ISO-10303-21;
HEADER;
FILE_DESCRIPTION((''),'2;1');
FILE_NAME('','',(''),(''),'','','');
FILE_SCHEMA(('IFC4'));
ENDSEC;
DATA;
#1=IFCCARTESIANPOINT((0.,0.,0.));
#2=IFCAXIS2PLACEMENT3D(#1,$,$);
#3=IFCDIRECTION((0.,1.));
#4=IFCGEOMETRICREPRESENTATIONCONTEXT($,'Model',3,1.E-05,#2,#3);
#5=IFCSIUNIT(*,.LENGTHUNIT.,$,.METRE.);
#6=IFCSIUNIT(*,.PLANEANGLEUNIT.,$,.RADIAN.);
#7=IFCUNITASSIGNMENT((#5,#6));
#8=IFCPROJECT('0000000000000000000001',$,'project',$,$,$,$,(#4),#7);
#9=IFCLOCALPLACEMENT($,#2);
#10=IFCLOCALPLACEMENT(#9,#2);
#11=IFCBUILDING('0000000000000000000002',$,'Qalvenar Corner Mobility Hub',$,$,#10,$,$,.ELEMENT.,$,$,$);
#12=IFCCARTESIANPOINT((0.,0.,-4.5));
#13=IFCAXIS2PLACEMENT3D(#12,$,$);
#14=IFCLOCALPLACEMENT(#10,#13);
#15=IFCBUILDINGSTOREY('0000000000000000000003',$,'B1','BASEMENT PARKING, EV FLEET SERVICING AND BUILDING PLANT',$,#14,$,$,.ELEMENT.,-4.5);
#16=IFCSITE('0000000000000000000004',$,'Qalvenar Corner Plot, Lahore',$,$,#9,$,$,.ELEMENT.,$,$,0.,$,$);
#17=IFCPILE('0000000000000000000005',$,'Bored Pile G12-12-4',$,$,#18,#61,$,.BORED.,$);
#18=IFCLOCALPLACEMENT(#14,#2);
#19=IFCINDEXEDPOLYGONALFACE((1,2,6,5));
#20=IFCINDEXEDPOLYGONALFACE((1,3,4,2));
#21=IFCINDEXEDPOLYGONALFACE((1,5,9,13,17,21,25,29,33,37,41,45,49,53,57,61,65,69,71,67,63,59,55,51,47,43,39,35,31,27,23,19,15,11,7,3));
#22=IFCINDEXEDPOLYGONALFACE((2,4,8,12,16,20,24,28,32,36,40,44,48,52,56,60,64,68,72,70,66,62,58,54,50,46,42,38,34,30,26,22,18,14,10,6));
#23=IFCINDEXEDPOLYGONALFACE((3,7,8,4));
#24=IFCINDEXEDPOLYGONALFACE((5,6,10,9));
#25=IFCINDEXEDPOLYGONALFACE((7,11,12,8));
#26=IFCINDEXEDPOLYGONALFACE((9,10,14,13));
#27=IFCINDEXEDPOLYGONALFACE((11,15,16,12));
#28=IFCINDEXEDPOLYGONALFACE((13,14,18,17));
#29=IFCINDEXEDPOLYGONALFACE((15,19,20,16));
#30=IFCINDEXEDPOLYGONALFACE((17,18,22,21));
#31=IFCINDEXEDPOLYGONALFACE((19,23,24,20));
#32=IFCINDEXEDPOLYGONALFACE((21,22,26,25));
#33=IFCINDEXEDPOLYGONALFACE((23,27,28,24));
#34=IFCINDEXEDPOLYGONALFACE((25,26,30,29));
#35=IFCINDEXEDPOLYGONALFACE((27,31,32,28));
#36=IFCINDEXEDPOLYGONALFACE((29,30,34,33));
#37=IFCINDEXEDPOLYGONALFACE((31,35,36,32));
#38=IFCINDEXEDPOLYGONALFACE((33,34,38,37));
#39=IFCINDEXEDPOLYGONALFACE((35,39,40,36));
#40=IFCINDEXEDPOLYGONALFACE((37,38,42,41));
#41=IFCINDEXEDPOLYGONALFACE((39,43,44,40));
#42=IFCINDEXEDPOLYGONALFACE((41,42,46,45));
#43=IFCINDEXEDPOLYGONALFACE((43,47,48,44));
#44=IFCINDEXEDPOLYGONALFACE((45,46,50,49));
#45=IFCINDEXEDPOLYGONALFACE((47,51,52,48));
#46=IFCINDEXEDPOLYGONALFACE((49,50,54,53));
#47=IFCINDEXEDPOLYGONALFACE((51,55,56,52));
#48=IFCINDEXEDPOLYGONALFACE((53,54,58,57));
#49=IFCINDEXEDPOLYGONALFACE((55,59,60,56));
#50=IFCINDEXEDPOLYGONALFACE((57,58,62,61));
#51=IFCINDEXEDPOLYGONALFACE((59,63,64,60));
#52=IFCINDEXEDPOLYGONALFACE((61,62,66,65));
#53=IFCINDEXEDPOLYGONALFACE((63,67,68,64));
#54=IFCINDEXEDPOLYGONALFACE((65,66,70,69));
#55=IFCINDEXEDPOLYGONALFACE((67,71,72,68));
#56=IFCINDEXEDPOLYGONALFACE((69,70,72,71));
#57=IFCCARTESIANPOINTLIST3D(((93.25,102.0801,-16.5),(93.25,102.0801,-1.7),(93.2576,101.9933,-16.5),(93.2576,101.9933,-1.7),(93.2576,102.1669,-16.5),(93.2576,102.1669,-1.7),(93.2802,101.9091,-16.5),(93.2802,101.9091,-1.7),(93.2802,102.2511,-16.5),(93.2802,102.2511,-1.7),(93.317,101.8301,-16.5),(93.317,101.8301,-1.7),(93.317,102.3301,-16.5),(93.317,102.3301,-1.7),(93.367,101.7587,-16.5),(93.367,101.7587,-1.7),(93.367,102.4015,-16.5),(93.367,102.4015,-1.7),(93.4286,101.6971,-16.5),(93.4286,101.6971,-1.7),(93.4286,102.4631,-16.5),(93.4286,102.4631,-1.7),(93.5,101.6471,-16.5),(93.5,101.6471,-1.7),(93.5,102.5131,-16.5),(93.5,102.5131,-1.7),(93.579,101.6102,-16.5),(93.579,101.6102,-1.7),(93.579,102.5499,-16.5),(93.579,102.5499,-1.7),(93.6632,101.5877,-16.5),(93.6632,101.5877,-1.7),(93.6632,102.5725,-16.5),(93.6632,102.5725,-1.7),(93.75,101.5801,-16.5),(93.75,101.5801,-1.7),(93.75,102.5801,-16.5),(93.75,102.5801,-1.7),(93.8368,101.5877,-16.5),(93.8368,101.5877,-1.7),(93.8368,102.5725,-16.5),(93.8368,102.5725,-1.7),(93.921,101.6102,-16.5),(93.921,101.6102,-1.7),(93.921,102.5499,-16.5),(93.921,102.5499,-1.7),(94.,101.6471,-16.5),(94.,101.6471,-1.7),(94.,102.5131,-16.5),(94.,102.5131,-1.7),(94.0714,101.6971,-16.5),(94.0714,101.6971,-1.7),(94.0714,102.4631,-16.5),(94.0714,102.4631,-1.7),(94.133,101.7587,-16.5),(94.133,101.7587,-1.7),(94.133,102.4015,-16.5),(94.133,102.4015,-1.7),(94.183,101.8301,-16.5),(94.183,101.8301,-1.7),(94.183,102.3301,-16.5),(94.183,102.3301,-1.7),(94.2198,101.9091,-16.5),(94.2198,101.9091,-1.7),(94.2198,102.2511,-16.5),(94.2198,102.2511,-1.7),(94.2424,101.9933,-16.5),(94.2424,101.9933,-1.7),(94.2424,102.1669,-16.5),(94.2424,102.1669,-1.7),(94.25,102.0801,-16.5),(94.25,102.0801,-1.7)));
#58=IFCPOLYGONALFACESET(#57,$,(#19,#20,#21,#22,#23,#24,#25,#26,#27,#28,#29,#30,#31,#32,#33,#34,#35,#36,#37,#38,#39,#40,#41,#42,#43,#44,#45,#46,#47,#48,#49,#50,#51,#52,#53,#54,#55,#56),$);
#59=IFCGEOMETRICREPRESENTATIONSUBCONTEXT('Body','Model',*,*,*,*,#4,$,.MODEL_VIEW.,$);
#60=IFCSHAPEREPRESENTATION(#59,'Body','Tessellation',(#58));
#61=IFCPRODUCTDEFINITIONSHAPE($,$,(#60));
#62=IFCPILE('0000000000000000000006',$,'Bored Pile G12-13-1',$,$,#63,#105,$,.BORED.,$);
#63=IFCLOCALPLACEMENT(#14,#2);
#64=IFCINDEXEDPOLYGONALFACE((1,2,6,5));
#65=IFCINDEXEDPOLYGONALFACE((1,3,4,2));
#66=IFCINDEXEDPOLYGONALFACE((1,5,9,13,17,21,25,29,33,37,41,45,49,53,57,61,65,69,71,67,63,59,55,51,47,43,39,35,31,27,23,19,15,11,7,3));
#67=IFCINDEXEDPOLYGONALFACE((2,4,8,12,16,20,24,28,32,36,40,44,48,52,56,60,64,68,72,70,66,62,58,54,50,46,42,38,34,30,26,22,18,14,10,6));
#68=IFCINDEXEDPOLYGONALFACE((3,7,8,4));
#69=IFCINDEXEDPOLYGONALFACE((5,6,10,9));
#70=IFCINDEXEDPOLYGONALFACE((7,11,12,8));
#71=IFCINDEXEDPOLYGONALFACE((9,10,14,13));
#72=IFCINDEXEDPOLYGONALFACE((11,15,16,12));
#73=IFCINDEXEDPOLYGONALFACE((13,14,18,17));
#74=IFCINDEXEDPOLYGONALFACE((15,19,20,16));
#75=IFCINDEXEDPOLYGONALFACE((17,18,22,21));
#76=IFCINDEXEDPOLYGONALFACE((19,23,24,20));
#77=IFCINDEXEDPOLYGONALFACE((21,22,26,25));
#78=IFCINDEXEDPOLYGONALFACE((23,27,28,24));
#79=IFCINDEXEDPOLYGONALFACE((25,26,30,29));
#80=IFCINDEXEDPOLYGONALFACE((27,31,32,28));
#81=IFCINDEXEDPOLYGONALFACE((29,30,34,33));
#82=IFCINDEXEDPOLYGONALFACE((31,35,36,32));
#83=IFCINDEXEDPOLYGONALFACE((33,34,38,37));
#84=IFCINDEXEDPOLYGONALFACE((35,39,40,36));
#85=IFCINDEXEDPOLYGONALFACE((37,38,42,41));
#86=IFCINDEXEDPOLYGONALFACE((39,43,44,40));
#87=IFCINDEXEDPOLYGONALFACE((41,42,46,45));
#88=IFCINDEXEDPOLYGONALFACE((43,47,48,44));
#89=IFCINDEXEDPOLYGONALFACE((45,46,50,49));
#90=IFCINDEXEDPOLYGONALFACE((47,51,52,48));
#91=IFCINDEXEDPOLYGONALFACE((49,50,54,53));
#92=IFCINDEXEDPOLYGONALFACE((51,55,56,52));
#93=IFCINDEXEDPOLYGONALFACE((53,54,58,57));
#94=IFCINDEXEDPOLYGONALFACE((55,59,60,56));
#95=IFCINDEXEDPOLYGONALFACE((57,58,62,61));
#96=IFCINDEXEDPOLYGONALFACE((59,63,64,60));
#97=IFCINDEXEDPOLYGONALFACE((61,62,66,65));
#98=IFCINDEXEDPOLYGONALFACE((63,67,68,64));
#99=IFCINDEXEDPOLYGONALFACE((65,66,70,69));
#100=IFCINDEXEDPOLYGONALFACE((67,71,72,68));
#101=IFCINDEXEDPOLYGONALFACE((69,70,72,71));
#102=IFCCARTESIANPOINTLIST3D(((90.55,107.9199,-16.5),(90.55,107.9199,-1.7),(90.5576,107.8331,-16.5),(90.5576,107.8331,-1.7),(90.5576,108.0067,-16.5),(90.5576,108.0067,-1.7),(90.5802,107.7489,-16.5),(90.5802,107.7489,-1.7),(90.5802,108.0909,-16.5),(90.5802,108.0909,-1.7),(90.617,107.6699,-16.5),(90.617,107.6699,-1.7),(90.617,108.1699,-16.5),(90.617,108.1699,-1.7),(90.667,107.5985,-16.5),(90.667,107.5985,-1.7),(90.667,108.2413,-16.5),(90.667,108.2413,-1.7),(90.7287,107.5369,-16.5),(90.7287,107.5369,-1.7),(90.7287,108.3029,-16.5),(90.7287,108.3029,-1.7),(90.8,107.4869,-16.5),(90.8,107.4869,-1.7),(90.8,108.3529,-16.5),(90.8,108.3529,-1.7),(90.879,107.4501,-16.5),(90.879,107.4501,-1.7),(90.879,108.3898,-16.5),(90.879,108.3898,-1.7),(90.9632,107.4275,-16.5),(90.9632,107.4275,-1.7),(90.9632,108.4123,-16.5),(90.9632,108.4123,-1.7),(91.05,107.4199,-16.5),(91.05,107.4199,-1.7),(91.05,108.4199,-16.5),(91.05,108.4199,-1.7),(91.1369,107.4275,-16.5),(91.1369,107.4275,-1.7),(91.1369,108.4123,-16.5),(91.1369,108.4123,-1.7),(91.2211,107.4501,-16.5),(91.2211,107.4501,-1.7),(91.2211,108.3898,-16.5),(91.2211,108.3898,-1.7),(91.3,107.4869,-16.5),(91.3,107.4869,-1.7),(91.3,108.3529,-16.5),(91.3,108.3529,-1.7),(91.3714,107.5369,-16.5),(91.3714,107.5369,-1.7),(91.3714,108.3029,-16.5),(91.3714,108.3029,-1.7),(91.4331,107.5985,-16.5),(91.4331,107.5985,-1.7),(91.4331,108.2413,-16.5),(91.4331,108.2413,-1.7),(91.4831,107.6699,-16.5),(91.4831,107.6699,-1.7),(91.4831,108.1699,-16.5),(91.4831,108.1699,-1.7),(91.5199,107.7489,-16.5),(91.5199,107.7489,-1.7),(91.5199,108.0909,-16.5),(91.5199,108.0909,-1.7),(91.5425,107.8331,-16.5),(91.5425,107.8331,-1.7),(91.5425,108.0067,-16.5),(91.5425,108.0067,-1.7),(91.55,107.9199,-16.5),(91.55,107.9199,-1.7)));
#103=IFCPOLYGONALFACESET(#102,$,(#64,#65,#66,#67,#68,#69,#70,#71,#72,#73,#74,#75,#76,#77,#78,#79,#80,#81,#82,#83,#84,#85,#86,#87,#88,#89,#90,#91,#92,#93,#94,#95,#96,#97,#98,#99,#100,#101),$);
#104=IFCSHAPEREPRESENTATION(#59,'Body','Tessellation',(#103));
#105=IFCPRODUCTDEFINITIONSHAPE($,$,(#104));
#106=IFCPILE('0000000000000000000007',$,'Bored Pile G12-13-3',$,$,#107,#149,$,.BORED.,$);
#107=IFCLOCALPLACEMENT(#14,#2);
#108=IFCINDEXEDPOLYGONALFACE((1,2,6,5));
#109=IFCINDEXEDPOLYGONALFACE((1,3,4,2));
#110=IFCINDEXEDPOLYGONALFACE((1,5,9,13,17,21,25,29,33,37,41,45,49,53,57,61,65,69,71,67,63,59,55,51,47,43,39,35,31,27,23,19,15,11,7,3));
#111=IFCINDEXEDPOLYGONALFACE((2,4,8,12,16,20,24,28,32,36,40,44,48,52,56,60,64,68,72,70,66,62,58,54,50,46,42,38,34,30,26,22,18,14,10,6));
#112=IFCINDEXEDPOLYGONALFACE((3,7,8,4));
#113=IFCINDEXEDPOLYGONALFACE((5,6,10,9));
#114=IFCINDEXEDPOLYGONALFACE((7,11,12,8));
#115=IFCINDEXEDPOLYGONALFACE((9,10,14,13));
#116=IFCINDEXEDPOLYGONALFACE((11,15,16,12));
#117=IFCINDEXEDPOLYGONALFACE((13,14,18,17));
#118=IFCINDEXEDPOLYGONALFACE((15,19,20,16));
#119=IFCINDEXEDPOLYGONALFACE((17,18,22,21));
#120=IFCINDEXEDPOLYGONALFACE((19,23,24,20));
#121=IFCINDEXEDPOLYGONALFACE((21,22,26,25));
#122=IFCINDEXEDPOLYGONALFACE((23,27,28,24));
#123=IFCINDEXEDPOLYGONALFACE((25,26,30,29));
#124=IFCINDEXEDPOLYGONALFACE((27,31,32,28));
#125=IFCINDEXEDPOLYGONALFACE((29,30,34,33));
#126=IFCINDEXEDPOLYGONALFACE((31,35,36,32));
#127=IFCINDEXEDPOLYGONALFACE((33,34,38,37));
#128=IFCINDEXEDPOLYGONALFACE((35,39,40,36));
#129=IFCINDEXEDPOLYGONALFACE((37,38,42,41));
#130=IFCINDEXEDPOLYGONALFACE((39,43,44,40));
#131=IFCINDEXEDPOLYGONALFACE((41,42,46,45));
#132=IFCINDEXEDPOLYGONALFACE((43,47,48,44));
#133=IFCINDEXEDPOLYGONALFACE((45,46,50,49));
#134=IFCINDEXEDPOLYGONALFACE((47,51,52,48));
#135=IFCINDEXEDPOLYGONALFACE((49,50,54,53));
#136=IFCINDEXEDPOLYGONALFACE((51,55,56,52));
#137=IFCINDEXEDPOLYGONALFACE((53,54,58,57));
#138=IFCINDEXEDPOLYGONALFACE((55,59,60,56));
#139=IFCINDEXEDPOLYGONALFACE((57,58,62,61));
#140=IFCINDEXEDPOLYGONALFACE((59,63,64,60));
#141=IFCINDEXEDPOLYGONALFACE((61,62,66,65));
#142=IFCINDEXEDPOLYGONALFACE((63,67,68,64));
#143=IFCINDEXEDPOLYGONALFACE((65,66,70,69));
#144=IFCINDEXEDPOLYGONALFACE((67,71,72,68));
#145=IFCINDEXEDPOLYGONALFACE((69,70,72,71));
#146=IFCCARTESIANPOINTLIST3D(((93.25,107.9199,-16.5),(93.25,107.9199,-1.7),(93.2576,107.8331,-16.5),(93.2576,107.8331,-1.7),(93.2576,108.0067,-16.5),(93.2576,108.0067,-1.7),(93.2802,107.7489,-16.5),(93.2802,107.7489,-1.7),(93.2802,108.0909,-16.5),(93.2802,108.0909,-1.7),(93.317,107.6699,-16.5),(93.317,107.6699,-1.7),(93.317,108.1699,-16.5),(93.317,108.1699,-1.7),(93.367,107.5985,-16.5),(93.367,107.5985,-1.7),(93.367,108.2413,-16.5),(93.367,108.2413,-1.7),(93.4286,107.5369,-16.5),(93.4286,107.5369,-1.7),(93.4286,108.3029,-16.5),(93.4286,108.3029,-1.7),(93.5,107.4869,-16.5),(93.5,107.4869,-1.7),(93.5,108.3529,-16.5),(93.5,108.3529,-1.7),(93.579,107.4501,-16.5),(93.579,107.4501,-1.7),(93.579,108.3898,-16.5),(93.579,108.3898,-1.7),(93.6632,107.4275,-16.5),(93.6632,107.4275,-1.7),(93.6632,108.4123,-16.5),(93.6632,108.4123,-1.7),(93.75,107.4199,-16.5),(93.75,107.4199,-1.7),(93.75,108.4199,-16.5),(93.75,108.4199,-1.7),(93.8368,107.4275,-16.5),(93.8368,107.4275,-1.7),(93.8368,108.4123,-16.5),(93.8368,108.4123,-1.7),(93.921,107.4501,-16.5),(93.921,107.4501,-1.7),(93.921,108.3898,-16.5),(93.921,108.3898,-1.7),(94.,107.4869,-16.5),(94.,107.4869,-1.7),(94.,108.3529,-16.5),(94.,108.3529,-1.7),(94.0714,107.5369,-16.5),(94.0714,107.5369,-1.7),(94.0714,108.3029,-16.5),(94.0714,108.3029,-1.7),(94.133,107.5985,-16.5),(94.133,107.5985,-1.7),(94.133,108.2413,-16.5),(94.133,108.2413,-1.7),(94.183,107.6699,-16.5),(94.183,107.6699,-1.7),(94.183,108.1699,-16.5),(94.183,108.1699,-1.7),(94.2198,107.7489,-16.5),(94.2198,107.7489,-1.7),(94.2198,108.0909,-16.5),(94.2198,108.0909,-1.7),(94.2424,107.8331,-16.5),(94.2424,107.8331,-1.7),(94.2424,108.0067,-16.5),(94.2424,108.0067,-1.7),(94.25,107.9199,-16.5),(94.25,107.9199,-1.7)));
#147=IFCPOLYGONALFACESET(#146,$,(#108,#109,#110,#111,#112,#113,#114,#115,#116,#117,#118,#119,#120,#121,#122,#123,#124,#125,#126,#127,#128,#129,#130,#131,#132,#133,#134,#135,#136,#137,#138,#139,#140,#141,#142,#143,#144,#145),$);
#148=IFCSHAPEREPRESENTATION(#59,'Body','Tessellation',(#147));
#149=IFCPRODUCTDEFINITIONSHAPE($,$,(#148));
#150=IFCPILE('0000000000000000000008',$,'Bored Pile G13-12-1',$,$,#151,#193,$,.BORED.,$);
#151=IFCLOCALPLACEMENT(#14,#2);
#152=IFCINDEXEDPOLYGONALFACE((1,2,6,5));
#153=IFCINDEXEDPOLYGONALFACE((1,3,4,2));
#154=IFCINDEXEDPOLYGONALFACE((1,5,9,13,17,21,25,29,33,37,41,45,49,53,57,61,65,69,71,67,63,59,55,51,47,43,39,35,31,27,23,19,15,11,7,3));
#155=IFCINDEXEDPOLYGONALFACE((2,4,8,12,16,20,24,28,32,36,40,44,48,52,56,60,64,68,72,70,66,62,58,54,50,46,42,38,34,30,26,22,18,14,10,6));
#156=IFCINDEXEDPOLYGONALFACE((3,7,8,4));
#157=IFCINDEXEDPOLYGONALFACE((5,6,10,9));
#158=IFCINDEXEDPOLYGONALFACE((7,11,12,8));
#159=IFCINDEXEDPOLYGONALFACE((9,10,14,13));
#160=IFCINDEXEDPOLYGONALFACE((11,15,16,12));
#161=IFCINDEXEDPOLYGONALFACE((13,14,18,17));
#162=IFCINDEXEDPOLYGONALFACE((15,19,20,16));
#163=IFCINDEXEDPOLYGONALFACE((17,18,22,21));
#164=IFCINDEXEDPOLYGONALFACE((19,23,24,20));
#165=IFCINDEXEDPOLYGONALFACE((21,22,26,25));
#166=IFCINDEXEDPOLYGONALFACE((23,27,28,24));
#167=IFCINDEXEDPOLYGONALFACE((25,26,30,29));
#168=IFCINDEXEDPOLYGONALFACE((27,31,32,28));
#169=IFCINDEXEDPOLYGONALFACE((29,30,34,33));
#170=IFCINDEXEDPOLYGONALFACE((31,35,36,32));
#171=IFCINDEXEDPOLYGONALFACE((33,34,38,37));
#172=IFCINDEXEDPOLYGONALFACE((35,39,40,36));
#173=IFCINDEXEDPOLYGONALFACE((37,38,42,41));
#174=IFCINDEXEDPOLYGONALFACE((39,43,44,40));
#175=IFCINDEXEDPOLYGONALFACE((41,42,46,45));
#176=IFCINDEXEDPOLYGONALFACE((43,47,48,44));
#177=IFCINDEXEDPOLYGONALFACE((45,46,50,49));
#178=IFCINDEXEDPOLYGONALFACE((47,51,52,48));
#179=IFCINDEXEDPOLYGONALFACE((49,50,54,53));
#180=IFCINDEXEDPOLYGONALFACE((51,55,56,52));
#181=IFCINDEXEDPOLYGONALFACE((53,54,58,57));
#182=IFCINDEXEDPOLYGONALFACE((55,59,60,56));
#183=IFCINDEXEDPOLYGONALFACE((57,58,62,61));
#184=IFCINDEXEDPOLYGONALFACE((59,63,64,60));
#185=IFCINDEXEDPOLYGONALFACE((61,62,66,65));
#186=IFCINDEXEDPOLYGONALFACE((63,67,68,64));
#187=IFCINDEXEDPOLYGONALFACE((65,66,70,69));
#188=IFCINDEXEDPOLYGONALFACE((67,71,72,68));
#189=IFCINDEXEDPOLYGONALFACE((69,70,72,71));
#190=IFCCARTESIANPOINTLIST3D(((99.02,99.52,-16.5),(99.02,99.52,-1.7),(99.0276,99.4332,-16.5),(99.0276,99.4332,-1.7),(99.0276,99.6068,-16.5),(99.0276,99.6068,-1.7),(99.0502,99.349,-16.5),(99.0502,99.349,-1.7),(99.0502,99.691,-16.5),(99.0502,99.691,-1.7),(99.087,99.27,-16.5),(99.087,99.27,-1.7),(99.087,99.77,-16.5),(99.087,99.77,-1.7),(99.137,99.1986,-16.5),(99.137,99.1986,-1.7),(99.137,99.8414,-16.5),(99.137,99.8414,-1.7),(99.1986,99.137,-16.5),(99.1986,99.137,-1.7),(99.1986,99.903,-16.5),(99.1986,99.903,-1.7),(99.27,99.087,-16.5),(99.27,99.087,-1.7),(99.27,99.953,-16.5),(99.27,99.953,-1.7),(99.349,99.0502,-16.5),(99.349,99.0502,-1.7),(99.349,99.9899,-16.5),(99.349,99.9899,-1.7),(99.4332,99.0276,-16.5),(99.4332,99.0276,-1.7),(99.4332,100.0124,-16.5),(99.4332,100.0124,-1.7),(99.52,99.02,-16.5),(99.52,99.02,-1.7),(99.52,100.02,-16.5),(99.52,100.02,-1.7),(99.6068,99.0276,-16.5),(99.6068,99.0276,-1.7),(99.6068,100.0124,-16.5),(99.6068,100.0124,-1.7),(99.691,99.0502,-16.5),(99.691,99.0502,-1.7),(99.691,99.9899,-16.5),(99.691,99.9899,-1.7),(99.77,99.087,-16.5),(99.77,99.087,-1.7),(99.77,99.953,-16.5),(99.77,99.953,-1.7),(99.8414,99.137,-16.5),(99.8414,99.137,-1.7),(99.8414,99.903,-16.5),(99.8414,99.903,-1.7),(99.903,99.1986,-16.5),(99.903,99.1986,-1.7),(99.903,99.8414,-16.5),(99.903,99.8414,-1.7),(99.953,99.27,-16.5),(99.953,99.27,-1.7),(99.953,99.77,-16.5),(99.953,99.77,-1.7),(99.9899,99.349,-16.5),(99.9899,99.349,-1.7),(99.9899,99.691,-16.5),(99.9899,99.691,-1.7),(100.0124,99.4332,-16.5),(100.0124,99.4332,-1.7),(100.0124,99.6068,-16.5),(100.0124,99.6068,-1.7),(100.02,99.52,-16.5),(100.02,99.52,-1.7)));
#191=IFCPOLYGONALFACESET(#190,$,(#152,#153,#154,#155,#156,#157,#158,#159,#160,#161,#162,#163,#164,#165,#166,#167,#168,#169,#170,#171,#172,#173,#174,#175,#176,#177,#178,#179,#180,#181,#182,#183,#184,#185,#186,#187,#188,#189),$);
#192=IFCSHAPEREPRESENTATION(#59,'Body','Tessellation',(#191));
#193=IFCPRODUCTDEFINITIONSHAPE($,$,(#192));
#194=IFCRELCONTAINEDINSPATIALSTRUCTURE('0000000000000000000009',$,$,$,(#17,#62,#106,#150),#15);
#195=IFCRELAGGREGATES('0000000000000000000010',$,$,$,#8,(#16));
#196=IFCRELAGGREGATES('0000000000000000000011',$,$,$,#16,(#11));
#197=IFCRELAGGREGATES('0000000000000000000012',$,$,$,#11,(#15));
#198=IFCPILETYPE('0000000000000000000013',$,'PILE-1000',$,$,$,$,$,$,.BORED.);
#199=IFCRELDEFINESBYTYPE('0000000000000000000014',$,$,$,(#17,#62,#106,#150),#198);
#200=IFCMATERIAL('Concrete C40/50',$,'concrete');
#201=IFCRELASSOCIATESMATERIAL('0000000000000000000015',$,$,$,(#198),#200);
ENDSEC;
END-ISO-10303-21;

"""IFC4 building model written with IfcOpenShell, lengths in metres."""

from ifc_helpers import new_model, si_unit, direction, frame, origin, origin_2d, place, context, subcontext, project, spatial, circle, extrude, material, material_profile, profile_set, type_object, element, save


model = new_model("IFC4")

# Units and contexts
model_context = context("Model", 3, precision=1e-05, world=origin(), true_north=direction((0.0, 1.0)))
body_context = subcontext(model_context, "Body", "Model", "MODEL_VIEW")
ifc_project = project(units=[si_unit("LENGTHUNIT", "METRE"), si_unit("PLANEANGLEUNIT", "RADIAN")], contexts=[model_context])

# Site, building, storey
site_placement = place(None, origin())
site = spatial("IfcSite", under=ifc_project, at=site_placement, Name="Qalvenar Corner Plot, Lahore", CompositionType="ELEMENT", RefElevation=0.0)
building_placement = place(site_placement, origin())
building = spatial("IfcBuilding", under=site, at=building_placement, Name="Qalvenar Corner Mobility Hub", CompositionType="ELEMENT")
storey_placement = place(building_placement, frame((0.0, 0.0, -4.5)))
storey = spatial("IfcBuildingStorey", under=building, at=storey_placement, Name="B1", Description="BASEMENT PARKING, EV FLEET SERVICING AND BUILDING PLANT", CompositionType="ELEMENT", Elevation=-4.5)

# Shared definitions
ifc_material_1 = material(Name="Concrete C40/50", Category="concrete")

# Piles
ifc_material_profile_1 = material_profile(ifc_material_1, circle(Radius=0.5, at=origin_2d()), Name="DIA1000")
ifc_profile_set_1 = profile_set([ifc_material_profile_1], Name="Concrete C40/50")
pile_type_1 = type_object("IfcPileType", Name="PILE-1000", PredefinedType="BORED", material=ifc_profile_set_1)
for number, where, z_axis, x_axis, name in (
    (1, (93.75, 102.0801, -1.7), (0.0, 0.0, -1.0), (1.0, 0.0, 0.0), "Bored Pile G12-12-4"),
    (2, (91.05, 107.9199, -1.7), (0.0, 0.0, -1.0), (1.0, 0.0, 0.0), "Bored Pile G12-13-1"),
    (3, (93.75, 107.9199, -1.7), (0.0, 0.0, -1.0), (1.0, 0.0, 0.0), "Bored Pile G12-13-3"),
    (4, (99.52, 99.52, -1.7), (0.0, 0.0, -1.0), (1.0, 0.0, 0.0), "Bored Pile G13-12-1"),
):
    element("IfcPile", number, at=place(storey_placement, frame(where, z_axis=z_axis, x_axis=x_axis)), inside=storey, type_object=pile_type_1, Name=name, PredefinedType="BORED", context=body_context, shape_type="SweptSolid", body=[
        extrude(circle(Radius=0.5, at=origin_2d()), origin(), (0.0, 0.0, 1.0), 14.8),
    ])

save(model, "model.ifc")
